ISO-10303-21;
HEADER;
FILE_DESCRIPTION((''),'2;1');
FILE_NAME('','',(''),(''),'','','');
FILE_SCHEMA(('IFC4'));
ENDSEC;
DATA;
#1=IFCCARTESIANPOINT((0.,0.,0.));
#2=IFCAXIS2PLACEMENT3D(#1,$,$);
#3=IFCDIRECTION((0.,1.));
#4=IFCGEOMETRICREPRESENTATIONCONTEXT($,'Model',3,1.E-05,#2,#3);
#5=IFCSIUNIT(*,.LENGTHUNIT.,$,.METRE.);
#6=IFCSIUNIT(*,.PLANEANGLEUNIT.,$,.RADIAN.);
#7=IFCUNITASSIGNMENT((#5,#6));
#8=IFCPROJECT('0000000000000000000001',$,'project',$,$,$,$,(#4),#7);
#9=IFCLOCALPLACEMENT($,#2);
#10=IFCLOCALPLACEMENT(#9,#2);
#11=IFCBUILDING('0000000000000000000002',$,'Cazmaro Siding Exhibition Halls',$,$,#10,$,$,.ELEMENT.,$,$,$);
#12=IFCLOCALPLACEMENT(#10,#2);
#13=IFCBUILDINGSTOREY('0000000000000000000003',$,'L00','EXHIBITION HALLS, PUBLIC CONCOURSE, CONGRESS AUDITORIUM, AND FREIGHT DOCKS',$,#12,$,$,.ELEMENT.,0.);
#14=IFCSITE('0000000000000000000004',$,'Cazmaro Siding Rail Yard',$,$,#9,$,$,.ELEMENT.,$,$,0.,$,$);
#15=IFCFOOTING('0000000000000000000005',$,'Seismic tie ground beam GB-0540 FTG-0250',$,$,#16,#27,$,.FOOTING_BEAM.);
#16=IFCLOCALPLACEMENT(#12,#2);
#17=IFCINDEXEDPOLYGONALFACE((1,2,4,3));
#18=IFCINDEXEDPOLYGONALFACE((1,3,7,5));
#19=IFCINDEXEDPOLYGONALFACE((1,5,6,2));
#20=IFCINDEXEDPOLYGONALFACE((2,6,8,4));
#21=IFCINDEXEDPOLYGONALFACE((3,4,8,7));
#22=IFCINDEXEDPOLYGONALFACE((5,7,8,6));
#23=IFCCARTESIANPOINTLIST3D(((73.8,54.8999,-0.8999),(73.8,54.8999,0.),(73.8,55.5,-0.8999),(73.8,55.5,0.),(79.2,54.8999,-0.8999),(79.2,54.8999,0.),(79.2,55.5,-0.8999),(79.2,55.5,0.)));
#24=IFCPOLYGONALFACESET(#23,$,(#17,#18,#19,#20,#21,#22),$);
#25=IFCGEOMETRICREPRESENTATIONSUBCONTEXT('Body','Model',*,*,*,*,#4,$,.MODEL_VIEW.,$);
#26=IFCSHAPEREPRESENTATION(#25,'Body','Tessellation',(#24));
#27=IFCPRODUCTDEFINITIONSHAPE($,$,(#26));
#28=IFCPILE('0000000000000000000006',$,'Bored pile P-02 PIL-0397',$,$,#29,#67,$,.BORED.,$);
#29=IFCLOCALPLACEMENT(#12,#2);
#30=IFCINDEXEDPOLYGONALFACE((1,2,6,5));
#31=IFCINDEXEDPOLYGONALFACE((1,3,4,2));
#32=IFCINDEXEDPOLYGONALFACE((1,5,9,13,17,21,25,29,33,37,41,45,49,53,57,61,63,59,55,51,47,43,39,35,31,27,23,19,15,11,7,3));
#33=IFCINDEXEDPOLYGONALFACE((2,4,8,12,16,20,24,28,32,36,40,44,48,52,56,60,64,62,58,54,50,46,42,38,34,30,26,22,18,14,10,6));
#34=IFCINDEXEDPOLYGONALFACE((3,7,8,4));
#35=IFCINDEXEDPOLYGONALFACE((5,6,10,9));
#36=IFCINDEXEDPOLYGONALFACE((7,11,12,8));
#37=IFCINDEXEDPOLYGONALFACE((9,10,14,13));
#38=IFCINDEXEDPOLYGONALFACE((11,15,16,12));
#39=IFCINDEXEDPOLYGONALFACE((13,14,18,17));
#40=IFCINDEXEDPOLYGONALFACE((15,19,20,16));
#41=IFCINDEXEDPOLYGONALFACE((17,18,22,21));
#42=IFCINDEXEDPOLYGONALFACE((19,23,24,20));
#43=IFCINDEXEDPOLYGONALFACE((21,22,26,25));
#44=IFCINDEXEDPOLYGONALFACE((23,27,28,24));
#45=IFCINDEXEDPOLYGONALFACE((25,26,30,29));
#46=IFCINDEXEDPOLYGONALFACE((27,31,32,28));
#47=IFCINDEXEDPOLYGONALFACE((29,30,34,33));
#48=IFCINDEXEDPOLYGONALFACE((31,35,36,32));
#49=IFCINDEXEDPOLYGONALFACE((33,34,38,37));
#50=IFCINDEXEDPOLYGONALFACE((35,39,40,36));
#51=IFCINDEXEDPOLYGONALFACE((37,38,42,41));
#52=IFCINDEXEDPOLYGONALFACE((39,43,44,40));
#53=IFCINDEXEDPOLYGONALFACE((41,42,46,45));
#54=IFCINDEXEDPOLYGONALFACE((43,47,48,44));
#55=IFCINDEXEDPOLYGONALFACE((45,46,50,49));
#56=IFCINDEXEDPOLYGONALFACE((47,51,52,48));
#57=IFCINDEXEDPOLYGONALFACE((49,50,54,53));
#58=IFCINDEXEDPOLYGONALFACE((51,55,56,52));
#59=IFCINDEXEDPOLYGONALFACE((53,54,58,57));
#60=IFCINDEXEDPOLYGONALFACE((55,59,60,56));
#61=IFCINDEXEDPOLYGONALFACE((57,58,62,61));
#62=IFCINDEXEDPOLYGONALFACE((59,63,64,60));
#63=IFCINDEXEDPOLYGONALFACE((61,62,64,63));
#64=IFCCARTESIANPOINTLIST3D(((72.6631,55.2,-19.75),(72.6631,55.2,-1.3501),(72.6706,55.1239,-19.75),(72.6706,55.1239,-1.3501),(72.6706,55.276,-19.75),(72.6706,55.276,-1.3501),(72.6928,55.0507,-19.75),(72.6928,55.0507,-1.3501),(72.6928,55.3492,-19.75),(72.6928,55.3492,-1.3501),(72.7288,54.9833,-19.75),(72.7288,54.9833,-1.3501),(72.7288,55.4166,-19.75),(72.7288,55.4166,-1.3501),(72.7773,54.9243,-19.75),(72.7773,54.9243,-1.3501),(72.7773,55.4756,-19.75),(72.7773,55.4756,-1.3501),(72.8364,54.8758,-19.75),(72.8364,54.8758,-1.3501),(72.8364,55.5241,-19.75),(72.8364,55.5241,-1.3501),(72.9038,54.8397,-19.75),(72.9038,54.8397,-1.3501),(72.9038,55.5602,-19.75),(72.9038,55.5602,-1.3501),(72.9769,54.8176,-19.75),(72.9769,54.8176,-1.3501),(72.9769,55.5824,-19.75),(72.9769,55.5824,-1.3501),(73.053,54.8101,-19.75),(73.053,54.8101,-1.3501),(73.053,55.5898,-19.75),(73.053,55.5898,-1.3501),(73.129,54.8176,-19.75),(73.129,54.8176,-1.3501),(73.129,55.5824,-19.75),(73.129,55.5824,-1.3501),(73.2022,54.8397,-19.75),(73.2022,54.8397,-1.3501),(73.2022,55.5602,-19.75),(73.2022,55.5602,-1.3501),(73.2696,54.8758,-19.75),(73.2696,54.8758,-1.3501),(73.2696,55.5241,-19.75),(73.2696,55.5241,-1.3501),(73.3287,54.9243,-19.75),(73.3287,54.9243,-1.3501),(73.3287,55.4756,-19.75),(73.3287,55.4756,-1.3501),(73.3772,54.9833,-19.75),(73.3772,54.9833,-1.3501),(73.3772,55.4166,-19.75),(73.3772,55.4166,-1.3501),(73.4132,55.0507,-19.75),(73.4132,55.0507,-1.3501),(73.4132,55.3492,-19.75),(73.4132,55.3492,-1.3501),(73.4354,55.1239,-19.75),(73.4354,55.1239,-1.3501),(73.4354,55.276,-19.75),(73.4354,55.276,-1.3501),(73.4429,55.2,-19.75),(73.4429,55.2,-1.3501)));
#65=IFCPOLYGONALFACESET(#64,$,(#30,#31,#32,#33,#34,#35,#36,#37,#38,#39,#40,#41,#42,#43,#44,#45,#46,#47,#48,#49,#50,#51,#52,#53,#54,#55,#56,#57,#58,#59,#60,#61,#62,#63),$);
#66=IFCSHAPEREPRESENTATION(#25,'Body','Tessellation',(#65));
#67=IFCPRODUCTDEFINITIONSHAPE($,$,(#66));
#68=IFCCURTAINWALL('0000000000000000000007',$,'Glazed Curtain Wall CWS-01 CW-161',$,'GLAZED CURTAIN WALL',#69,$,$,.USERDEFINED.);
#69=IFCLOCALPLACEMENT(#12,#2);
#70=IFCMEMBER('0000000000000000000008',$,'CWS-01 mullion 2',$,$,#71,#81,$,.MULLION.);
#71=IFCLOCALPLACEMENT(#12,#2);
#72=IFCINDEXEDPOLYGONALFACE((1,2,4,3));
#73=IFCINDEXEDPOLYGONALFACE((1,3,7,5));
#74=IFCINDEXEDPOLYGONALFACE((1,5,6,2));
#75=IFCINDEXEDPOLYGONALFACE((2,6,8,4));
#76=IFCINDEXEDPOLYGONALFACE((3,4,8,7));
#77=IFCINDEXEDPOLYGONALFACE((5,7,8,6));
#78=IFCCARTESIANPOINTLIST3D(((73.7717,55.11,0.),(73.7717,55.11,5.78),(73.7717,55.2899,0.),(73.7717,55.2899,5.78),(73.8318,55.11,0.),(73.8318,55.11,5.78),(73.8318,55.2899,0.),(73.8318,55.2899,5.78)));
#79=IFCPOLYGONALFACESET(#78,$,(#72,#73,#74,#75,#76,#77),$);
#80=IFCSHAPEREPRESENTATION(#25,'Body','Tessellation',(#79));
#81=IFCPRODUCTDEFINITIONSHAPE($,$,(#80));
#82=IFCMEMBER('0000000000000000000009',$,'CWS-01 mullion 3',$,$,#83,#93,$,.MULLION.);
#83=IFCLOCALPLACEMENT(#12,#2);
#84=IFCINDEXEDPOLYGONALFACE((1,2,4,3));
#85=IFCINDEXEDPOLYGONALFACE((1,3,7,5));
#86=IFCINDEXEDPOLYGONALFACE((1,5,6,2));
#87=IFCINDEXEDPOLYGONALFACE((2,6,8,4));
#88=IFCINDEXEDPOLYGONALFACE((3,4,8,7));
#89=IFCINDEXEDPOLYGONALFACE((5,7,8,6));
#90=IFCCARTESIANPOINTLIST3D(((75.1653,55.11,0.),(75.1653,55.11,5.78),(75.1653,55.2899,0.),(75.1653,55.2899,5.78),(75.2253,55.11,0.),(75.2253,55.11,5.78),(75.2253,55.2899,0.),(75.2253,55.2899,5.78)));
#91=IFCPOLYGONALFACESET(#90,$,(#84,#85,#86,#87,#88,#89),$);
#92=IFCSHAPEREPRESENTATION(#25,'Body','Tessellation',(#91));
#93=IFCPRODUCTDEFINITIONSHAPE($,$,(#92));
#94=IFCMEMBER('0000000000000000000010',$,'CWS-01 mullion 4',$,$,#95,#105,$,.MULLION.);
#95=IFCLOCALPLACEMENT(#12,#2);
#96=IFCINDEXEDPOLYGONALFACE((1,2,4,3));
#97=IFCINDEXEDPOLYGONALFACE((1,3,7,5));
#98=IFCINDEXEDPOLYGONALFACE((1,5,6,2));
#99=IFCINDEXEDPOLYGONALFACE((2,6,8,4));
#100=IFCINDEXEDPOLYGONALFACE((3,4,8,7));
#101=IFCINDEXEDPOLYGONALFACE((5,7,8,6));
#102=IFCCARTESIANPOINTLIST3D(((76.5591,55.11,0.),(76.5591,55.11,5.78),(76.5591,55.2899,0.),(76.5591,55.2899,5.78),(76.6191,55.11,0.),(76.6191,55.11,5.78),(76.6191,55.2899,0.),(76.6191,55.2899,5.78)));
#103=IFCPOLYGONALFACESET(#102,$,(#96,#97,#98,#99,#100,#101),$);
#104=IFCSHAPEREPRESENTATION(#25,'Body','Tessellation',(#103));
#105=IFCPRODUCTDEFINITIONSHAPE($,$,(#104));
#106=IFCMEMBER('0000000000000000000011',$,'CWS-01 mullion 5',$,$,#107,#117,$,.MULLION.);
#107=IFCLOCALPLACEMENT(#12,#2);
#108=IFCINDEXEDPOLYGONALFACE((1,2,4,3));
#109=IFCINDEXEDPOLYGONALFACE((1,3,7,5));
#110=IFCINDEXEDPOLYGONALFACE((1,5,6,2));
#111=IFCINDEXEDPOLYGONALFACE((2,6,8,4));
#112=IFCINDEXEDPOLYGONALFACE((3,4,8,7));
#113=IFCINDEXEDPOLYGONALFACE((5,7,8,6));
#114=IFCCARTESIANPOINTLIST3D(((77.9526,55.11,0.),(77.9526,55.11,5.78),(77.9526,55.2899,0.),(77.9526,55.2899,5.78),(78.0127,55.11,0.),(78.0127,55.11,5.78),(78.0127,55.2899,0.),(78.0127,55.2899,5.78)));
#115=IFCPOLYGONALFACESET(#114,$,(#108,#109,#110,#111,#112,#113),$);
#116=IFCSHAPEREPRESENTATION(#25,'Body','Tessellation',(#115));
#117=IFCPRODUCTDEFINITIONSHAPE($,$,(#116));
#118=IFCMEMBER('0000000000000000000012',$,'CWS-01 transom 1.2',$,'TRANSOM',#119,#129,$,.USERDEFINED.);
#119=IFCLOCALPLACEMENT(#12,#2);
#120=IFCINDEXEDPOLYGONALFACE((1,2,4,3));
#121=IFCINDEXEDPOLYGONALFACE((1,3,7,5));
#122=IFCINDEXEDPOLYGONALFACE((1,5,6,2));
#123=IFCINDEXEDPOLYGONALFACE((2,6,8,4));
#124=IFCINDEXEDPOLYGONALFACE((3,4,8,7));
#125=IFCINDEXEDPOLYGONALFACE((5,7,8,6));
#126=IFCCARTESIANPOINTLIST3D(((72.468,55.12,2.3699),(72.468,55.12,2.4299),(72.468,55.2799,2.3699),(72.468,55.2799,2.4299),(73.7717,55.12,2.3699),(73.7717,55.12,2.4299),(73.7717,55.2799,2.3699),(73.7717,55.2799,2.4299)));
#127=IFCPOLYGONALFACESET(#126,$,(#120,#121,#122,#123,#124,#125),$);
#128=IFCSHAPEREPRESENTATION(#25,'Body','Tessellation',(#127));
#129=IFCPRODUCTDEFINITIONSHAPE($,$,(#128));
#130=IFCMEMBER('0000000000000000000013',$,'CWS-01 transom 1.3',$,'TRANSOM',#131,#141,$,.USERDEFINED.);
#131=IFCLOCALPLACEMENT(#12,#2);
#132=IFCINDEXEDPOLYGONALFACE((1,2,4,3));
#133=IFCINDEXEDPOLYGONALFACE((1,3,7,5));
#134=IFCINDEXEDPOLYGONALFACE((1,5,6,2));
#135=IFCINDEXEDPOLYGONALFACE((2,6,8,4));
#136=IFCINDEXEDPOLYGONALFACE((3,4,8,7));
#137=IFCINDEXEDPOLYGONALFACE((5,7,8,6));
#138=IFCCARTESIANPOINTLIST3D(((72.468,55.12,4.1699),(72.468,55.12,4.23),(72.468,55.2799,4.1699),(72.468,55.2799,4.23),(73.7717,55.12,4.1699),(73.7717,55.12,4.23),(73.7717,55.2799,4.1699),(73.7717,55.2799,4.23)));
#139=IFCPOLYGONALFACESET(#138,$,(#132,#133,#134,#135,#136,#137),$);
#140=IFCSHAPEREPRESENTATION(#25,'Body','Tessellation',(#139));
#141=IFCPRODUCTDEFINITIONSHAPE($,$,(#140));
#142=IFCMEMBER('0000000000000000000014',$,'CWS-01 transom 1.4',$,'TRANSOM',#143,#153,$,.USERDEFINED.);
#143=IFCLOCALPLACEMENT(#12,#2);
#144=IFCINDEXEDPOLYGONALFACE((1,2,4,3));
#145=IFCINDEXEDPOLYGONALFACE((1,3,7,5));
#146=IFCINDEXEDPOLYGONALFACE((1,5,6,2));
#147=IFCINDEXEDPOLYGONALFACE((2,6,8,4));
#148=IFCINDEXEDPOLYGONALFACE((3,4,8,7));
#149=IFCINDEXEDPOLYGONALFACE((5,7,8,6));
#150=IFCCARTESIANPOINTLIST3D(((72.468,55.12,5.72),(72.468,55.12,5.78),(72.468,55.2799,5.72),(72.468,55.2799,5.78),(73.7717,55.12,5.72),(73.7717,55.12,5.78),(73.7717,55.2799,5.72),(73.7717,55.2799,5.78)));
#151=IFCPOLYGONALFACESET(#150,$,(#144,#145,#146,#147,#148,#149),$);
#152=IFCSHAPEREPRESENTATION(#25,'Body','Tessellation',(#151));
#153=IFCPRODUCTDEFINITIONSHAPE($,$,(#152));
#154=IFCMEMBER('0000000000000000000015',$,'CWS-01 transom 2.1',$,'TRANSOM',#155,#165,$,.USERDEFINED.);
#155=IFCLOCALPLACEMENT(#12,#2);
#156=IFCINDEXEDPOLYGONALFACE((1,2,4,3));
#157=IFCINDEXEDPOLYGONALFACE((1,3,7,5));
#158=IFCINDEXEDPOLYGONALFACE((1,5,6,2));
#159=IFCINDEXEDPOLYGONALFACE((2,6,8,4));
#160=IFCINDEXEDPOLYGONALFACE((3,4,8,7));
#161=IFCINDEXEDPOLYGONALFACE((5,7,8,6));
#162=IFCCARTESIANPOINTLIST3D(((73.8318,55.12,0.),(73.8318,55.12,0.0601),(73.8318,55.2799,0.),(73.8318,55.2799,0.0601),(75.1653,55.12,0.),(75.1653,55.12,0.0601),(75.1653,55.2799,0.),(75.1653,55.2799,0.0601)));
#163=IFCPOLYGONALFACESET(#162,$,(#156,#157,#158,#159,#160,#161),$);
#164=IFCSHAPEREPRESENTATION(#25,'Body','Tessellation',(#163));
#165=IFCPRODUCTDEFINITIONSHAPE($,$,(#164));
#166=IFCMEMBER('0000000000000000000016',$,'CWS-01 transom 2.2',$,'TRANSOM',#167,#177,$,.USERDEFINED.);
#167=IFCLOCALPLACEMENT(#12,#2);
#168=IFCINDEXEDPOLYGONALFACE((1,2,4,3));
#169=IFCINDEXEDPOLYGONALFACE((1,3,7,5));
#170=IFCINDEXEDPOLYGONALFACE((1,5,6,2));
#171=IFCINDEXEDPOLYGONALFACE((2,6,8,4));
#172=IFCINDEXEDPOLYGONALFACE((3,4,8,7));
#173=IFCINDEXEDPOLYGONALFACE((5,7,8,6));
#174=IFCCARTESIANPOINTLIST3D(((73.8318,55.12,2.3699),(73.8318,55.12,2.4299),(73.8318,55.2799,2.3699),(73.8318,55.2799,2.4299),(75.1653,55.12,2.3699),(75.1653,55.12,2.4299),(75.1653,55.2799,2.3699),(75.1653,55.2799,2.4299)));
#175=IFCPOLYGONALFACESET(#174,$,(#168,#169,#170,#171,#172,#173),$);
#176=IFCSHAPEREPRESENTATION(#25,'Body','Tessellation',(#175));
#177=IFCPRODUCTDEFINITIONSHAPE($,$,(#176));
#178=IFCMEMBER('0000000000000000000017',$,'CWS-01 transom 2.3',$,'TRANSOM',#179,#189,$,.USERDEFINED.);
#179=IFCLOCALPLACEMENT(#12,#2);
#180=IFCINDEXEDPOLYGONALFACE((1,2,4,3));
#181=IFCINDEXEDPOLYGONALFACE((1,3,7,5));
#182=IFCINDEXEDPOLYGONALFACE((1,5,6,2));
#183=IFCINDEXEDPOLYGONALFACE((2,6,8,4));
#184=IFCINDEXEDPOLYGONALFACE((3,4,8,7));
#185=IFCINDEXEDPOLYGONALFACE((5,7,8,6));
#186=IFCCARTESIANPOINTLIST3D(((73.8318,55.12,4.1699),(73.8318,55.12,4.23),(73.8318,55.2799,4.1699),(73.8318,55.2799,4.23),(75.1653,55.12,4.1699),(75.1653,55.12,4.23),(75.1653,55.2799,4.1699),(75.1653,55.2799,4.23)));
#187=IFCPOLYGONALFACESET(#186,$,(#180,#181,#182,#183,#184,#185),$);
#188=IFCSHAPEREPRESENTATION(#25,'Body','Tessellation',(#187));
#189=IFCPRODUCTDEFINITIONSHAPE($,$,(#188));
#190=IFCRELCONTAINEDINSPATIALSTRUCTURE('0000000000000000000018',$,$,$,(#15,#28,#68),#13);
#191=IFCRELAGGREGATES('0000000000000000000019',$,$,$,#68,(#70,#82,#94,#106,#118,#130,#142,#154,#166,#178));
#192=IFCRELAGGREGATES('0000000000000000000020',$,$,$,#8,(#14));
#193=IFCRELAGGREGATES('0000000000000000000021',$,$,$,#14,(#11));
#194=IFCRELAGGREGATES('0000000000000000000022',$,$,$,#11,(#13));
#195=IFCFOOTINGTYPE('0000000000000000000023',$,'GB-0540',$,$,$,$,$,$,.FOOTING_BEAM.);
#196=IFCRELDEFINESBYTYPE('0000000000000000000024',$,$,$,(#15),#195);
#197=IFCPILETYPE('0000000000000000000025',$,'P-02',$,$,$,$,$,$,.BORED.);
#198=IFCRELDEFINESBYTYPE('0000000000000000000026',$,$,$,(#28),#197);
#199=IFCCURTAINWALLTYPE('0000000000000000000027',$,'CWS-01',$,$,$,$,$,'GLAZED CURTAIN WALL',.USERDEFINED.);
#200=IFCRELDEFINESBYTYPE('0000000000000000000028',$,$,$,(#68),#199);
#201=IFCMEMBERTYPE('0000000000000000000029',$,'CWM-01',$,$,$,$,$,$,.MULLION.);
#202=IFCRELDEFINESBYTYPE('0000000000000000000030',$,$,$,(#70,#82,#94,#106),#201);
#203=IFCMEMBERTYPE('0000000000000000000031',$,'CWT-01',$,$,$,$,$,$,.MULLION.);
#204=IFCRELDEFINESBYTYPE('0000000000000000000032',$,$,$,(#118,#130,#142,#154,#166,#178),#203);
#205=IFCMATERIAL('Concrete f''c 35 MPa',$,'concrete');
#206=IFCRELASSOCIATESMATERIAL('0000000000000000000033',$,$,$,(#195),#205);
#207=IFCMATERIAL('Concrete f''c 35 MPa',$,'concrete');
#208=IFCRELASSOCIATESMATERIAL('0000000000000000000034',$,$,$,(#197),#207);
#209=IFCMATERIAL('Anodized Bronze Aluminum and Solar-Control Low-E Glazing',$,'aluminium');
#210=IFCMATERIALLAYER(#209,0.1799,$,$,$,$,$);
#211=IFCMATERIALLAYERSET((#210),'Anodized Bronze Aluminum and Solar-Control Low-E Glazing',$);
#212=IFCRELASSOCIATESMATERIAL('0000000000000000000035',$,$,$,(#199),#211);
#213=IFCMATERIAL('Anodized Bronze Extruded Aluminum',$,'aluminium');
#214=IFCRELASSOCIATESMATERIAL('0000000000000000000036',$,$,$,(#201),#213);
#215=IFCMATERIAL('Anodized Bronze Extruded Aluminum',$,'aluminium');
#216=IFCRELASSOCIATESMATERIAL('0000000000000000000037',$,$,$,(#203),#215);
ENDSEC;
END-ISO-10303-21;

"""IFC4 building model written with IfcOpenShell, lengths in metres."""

from ifc_helpers import new_model, si_unit, direction, frame, origin, origin_2d, place, context, subcontext, project, spatial, rectangle, circle, extrude, material, layer, layer_set, material_profile, profile_set, type_object, element, aggregate, save


model = new_model("IFC4")

# Units and contexts
model_context = context("Model", 3, precision=1e-05, world=origin(), true_north=direction((0.0, 1.0)))
body_context = subcontext(model_context, "Body", "Model", "MODEL_VIEW")
ifc_project = project(units=[si_unit("LENGTHUNIT", "METRE"), si_unit("PLANEANGLEUNIT", "RADIAN")], contexts=[model_context])

# Site, building, storey
site_placement = place(None, origin())
site = spatial("IfcSite", under=ifc_project, at=site_placement, Name="Cazmaro Siding Rail Yard", CompositionType="ELEMENT", RefElevation=0.0)
building_placement = place(site_placement, origin())
building = spatial("IfcBuilding", under=site, at=building_placement, Name="Cazmaro Siding Exhibition Halls", CompositionType="ELEMENT")
storey_placement = place(building_placement, origin())
storey = spatial("IfcBuildingStorey", under=building, at=storey_placement, Name="L00", Description="EXHIBITION HALLS, PUBLIC CONCOURSE, CONGRESS AUDITORIUM, AND FREIGHT DOCKS", CompositionType="ELEMENT", Elevation=0.0)

# Footing
ifc_material_1 = material(Name="Concrete f'c 35 MPa", Category="concrete")
footing_type = type_object("IfcFootingType", Name="GB-0540", PredefinedType="FOOTING_BEAM", material=ifc_material_1)
footing_placement = place(storey_placement, frame((76.5, 55.2, -0.8999), z_axis=(0.0, 0.0, 1.0), x_axis=(1.0, 0.0, 0.0)))
element("IfcFooting", 1, at=footing_placement, inside=storey, type_object=footing_type, Name="Seismic tie ground beam GB-0540 FTG-0250", PredefinedType="FOOTING_BEAM", context=body_context, shape_type="SweptSolid", body=[
    extrude(rectangle(XDim=5.3999, YDim=0.6001, at=origin_2d()), origin(), (0.0, 0.0, 1.0), 0.8999),
])

# Pile
ifc_material_2 = material(Name="Concrete f'c 35 MPa", Category="concrete")
ifc_material_profile_1 = material_profile(ifc_material_2, circle(Radius=0.3899, at=origin_2d()), Name="CIDH-780")
ifc_profile_set_1 = profile_set([ifc_material_profile_1], Name="Concrete f'c 35 MPa")
pile_type = type_object("IfcPileType", Name="P-02", PredefinedType="BORED", material=ifc_profile_set_1)
pile_placement = place(storey_placement, frame((73.053, 55.2, -1.3501), z_axis=(0.0, 0.0, -1.0), x_axis=(1.0, 0.0, 0.0)))
element("IfcPile", 2, at=pile_placement, inside=storey, type_object=pile_type, Name="Bored pile P-02 PIL-0397", PredefinedType="BORED", context=body_context, shape_type="SweptSolid", body=[
    extrude(circle(Radius=0.3899, at=origin_2d()), origin(), (0.0, 0.0, 1.0), 18.3999),
])

# Curtain wall, members
ifc_material_3 = material(Name="Anodized Bronze Aluminum and Solar-Control Low-E Glazing", Category="aluminium")
ifc_layer_1 = layer(ifc_material_3, 0.1799)
ifc_layer_set_1 = layer_set([ifc_layer_1], Name="Anodized Bronze Aluminum and Solar-Control Low-E Glazing")
curtain_wall_type = type_object("IfcCurtainWallType", Name="CWS-01", ElementType="GLAZED CURTAIN WALL", PredefinedType="USERDEFINED", material=ifc_layer_set_1)
curtain_wall_1_placement = place(storey_placement, origin())
curtain_wall_1 = element("IfcCurtainWall", 3, at=curtain_wall_1_placement, inside=storey, type_object=curtain_wall_type, Name="Glazed Curtain Wall CWS-01 CW-161", ObjectType="GLAZED CURTAIN WALL", PredefinedType="USERDEFINED")
ifc_material_4 = material(Name="Anodized Bronze Extruded Aluminum", Category="aluminium")
ifc_material_profile_2 = material_profile(ifc_material_4, rectangle(XDim=0.1799, YDim=0.0601, at=origin_2d()), Name="CWM-01")
ifc_profile_set_2 = profile_set([ifc_material_profile_2], Name="Anodized Bronze Extruded Aluminum")
member_type_1 = type_object("IfcMemberType", Name="CWM-01", PredefinedType="MULLION", material=ifc_profile_set_2)
member_1_placement = place(storey_placement, frame((73.8018, 55.2, 0.0), z_axis=(0.0, 0.0, 1.0), x_axis=(0.0, 1.0, 0.0)))
member_1 = element("IfcMember", 4, at=member_1_placement, type_object=member_type_1, Name="CWS-01 mullion 2", PredefinedType="MULLION", context=body_context, shape_type="SweptSolid", body=[
    extrude(rectangle(XDim=0.1799, YDim=0.0601, at=origin_2d()), origin(), (0.0, 0.0, 1.0), 5.78),
])
member_2_placement = place(storey_placement, frame((75.1953, 55.2, 0.0), z_axis=(0.0, 0.0, 1.0), x_axis=(0.0, 1.0, 0.0)))
member_2 = element("IfcMember", 5, at=member_2_placement, type_object=member_type_1, Name="CWS-01 mullion 3", PredefinedType="MULLION", context=body_context, shape_type="SweptSolid", body=[
    extrude(rectangle(XDim=0.1799, YDim=0.0601, at=origin_2d()), origin(), (0.0, 0.0, 1.0), 5.78),
])
member_3_placement = place(storey_placement, frame((76.5891, 55.2, 0.0), z_axis=(0.0, 0.0, 1.0), x_axis=(0.0, 1.0, 0.0)))
member_3 = element("IfcMember", 6, at=member_3_placement, type_object=member_type_1, Name="CWS-01 mullion 4", PredefinedType="MULLION", context=body_context, shape_type="SweptSolid", body=[
    extrude(rectangle(XDim=0.1799, YDim=0.0601, at=origin_2d()), origin(), (0.0, 0.0, 1.0), 5.78),
])
member_4_placement = place(storey_placement, frame((77.9827, 55.2, 0.0), z_axis=(0.0, 0.0, 1.0), x_axis=(0.0, 1.0, 0.0)))
member_4 = element("IfcMember", 7, at=member_4_placement, type_object=member_type_1, Name="CWS-01 mullion 5", PredefinedType="MULLION", context=body_context, shape_type="SweptSolid", body=[
    extrude(rectangle(XDim=0.1799, YDim=0.0601, at=origin_2d()), origin(), (0.0, 0.0, 1.0), 5.78),
])
ifc_material_5 = material(Name="Anodized Bronze Extruded Aluminum", Category="aluminium")
ifc_material_profile_3 = material_profile(ifc_material_5, rectangle(XDim=0.1599, YDim=0.0601, at=origin_2d()), Name="CWT-01")
ifc_profile_set_3 = profile_set([ifc_material_profile_3], Name="Anodized Bronze Extruded Aluminum")
member_type_2 = type_object("IfcMemberType", Name="CWT-01", PredefinedType="MULLION", material=ifc_profile_set_3)
member_5_placement = place(storey_placement, frame((72.468, 55.2, 2.3999), z_axis=(1.0, 0.0, 0.0), x_axis=(0.0, 1.0, 0.0)))
member_5 = element("IfcMember", 8, at=member_5_placement, type_object=member_type_2, Name="CWS-01 transom 1.2", ObjectType="TRANSOM", PredefinedType="USERDEFINED", context=body_context, shape_type="SweptSolid", body=[
    extrude(rectangle(XDim=0.1599, YDim=0.0601, at=origin_2d()), origin(), (0.0, 0.0, 1.0), 1.3037),
])
member_6_placement = place(storey_placement, frame((72.468, 55.2, 4.2), z_axis=(1.0, 0.0, 0.0), x_axis=(0.0, 1.0, 0.0)))
member_6 = element("IfcMember", 9, at=member_6_placement, type_object=member_type_2, Name="CWS-01 transom 1.3", ObjectType="TRANSOM", PredefinedType="USERDEFINED", context=body_context, shape_type="SweptSolid", body=[
    extrude(rectangle(XDim=0.1599, YDim=0.0601, at=origin_2d()), origin(), (0.0, 0.0, 1.0), 1.3037),
])
member_7_placement = place(storey_placement, frame((72.468, 55.2, 5.75), z_axis=(1.0, 0.0, 0.0), x_axis=(0.0, 1.0, 0.0)))
member_7 = element("IfcMember", 10, at=member_7_placement, type_object=member_type_2, Name="CWS-01 transom 1.4", ObjectType="TRANSOM", PredefinedType="USERDEFINED", context=body_context, shape_type="SweptSolid", body=[
    extrude(rectangle(XDim=0.1599, YDim=0.0601, at=origin_2d()), origin(), (0.0, 0.0, 1.0), 1.3037),
])
member_8_placement = place(storey_placement, frame((73.8318, 55.2, 0.03), z_axis=(1.0, 0.0, 0.0), x_axis=(0.0, 1.0, 0.0)))
member_8 = element("IfcMember", 11, at=member_8_placement, type_object=member_type_2, Name="CWS-01 transom 2.1", ObjectType="TRANSOM", PredefinedType="USERDEFINED", context=body_context, shape_type="SweptSolid", body=[
    extrude(rectangle(XDim=0.1599, YDim=0.0601, at=origin_2d()), origin(), (0.0, 0.0, 1.0), 1.3335),
])
member_9_placement = place(storey_placement, frame((73.8318, 55.2, 2.3999), z_axis=(1.0, 0.0, 0.0), x_axis=(0.0, 1.0, 0.0)))
member_9 = element("IfcMember", 12, at=member_9_placement, type_object=member_type_2, Name="CWS-01 transom 2.2", ObjectType="TRANSOM", PredefinedType="USERDEFINED", context=body_context, shape_type="SweptSolid", body=[
    extrude(rectangle(XDim=0.1599, YDim=0.0601, at=origin_2d()), origin(), (0.0, 0.0, 1.0), 1.3335),
])
member_10_placement = place(storey_placement, frame((73.8318, 55.2, 4.2), z_axis=(1.0, 0.0, 0.0), x_axis=(0.0, 1.0, 0.0)))
member_10 = element("IfcMember", 13, at=member_10_placement, type_object=member_type_2, Name="CWS-01 transom 2.3", ObjectType="TRANSOM", PredefinedType="USERDEFINED", context=body_context, shape_type="SweptSolid", body=[
    extrude(rectangle(XDim=0.1599, YDim=0.0601, at=origin_2d()), origin(), (0.0, 0.0, 1.0), 1.3335),
])
aggregate(curtain_wall_1, [member_1, member_2, member_3, member_4, member_5, member_6, member_7, member_8, member_9, member_10])

save(model, "model.ifc")
